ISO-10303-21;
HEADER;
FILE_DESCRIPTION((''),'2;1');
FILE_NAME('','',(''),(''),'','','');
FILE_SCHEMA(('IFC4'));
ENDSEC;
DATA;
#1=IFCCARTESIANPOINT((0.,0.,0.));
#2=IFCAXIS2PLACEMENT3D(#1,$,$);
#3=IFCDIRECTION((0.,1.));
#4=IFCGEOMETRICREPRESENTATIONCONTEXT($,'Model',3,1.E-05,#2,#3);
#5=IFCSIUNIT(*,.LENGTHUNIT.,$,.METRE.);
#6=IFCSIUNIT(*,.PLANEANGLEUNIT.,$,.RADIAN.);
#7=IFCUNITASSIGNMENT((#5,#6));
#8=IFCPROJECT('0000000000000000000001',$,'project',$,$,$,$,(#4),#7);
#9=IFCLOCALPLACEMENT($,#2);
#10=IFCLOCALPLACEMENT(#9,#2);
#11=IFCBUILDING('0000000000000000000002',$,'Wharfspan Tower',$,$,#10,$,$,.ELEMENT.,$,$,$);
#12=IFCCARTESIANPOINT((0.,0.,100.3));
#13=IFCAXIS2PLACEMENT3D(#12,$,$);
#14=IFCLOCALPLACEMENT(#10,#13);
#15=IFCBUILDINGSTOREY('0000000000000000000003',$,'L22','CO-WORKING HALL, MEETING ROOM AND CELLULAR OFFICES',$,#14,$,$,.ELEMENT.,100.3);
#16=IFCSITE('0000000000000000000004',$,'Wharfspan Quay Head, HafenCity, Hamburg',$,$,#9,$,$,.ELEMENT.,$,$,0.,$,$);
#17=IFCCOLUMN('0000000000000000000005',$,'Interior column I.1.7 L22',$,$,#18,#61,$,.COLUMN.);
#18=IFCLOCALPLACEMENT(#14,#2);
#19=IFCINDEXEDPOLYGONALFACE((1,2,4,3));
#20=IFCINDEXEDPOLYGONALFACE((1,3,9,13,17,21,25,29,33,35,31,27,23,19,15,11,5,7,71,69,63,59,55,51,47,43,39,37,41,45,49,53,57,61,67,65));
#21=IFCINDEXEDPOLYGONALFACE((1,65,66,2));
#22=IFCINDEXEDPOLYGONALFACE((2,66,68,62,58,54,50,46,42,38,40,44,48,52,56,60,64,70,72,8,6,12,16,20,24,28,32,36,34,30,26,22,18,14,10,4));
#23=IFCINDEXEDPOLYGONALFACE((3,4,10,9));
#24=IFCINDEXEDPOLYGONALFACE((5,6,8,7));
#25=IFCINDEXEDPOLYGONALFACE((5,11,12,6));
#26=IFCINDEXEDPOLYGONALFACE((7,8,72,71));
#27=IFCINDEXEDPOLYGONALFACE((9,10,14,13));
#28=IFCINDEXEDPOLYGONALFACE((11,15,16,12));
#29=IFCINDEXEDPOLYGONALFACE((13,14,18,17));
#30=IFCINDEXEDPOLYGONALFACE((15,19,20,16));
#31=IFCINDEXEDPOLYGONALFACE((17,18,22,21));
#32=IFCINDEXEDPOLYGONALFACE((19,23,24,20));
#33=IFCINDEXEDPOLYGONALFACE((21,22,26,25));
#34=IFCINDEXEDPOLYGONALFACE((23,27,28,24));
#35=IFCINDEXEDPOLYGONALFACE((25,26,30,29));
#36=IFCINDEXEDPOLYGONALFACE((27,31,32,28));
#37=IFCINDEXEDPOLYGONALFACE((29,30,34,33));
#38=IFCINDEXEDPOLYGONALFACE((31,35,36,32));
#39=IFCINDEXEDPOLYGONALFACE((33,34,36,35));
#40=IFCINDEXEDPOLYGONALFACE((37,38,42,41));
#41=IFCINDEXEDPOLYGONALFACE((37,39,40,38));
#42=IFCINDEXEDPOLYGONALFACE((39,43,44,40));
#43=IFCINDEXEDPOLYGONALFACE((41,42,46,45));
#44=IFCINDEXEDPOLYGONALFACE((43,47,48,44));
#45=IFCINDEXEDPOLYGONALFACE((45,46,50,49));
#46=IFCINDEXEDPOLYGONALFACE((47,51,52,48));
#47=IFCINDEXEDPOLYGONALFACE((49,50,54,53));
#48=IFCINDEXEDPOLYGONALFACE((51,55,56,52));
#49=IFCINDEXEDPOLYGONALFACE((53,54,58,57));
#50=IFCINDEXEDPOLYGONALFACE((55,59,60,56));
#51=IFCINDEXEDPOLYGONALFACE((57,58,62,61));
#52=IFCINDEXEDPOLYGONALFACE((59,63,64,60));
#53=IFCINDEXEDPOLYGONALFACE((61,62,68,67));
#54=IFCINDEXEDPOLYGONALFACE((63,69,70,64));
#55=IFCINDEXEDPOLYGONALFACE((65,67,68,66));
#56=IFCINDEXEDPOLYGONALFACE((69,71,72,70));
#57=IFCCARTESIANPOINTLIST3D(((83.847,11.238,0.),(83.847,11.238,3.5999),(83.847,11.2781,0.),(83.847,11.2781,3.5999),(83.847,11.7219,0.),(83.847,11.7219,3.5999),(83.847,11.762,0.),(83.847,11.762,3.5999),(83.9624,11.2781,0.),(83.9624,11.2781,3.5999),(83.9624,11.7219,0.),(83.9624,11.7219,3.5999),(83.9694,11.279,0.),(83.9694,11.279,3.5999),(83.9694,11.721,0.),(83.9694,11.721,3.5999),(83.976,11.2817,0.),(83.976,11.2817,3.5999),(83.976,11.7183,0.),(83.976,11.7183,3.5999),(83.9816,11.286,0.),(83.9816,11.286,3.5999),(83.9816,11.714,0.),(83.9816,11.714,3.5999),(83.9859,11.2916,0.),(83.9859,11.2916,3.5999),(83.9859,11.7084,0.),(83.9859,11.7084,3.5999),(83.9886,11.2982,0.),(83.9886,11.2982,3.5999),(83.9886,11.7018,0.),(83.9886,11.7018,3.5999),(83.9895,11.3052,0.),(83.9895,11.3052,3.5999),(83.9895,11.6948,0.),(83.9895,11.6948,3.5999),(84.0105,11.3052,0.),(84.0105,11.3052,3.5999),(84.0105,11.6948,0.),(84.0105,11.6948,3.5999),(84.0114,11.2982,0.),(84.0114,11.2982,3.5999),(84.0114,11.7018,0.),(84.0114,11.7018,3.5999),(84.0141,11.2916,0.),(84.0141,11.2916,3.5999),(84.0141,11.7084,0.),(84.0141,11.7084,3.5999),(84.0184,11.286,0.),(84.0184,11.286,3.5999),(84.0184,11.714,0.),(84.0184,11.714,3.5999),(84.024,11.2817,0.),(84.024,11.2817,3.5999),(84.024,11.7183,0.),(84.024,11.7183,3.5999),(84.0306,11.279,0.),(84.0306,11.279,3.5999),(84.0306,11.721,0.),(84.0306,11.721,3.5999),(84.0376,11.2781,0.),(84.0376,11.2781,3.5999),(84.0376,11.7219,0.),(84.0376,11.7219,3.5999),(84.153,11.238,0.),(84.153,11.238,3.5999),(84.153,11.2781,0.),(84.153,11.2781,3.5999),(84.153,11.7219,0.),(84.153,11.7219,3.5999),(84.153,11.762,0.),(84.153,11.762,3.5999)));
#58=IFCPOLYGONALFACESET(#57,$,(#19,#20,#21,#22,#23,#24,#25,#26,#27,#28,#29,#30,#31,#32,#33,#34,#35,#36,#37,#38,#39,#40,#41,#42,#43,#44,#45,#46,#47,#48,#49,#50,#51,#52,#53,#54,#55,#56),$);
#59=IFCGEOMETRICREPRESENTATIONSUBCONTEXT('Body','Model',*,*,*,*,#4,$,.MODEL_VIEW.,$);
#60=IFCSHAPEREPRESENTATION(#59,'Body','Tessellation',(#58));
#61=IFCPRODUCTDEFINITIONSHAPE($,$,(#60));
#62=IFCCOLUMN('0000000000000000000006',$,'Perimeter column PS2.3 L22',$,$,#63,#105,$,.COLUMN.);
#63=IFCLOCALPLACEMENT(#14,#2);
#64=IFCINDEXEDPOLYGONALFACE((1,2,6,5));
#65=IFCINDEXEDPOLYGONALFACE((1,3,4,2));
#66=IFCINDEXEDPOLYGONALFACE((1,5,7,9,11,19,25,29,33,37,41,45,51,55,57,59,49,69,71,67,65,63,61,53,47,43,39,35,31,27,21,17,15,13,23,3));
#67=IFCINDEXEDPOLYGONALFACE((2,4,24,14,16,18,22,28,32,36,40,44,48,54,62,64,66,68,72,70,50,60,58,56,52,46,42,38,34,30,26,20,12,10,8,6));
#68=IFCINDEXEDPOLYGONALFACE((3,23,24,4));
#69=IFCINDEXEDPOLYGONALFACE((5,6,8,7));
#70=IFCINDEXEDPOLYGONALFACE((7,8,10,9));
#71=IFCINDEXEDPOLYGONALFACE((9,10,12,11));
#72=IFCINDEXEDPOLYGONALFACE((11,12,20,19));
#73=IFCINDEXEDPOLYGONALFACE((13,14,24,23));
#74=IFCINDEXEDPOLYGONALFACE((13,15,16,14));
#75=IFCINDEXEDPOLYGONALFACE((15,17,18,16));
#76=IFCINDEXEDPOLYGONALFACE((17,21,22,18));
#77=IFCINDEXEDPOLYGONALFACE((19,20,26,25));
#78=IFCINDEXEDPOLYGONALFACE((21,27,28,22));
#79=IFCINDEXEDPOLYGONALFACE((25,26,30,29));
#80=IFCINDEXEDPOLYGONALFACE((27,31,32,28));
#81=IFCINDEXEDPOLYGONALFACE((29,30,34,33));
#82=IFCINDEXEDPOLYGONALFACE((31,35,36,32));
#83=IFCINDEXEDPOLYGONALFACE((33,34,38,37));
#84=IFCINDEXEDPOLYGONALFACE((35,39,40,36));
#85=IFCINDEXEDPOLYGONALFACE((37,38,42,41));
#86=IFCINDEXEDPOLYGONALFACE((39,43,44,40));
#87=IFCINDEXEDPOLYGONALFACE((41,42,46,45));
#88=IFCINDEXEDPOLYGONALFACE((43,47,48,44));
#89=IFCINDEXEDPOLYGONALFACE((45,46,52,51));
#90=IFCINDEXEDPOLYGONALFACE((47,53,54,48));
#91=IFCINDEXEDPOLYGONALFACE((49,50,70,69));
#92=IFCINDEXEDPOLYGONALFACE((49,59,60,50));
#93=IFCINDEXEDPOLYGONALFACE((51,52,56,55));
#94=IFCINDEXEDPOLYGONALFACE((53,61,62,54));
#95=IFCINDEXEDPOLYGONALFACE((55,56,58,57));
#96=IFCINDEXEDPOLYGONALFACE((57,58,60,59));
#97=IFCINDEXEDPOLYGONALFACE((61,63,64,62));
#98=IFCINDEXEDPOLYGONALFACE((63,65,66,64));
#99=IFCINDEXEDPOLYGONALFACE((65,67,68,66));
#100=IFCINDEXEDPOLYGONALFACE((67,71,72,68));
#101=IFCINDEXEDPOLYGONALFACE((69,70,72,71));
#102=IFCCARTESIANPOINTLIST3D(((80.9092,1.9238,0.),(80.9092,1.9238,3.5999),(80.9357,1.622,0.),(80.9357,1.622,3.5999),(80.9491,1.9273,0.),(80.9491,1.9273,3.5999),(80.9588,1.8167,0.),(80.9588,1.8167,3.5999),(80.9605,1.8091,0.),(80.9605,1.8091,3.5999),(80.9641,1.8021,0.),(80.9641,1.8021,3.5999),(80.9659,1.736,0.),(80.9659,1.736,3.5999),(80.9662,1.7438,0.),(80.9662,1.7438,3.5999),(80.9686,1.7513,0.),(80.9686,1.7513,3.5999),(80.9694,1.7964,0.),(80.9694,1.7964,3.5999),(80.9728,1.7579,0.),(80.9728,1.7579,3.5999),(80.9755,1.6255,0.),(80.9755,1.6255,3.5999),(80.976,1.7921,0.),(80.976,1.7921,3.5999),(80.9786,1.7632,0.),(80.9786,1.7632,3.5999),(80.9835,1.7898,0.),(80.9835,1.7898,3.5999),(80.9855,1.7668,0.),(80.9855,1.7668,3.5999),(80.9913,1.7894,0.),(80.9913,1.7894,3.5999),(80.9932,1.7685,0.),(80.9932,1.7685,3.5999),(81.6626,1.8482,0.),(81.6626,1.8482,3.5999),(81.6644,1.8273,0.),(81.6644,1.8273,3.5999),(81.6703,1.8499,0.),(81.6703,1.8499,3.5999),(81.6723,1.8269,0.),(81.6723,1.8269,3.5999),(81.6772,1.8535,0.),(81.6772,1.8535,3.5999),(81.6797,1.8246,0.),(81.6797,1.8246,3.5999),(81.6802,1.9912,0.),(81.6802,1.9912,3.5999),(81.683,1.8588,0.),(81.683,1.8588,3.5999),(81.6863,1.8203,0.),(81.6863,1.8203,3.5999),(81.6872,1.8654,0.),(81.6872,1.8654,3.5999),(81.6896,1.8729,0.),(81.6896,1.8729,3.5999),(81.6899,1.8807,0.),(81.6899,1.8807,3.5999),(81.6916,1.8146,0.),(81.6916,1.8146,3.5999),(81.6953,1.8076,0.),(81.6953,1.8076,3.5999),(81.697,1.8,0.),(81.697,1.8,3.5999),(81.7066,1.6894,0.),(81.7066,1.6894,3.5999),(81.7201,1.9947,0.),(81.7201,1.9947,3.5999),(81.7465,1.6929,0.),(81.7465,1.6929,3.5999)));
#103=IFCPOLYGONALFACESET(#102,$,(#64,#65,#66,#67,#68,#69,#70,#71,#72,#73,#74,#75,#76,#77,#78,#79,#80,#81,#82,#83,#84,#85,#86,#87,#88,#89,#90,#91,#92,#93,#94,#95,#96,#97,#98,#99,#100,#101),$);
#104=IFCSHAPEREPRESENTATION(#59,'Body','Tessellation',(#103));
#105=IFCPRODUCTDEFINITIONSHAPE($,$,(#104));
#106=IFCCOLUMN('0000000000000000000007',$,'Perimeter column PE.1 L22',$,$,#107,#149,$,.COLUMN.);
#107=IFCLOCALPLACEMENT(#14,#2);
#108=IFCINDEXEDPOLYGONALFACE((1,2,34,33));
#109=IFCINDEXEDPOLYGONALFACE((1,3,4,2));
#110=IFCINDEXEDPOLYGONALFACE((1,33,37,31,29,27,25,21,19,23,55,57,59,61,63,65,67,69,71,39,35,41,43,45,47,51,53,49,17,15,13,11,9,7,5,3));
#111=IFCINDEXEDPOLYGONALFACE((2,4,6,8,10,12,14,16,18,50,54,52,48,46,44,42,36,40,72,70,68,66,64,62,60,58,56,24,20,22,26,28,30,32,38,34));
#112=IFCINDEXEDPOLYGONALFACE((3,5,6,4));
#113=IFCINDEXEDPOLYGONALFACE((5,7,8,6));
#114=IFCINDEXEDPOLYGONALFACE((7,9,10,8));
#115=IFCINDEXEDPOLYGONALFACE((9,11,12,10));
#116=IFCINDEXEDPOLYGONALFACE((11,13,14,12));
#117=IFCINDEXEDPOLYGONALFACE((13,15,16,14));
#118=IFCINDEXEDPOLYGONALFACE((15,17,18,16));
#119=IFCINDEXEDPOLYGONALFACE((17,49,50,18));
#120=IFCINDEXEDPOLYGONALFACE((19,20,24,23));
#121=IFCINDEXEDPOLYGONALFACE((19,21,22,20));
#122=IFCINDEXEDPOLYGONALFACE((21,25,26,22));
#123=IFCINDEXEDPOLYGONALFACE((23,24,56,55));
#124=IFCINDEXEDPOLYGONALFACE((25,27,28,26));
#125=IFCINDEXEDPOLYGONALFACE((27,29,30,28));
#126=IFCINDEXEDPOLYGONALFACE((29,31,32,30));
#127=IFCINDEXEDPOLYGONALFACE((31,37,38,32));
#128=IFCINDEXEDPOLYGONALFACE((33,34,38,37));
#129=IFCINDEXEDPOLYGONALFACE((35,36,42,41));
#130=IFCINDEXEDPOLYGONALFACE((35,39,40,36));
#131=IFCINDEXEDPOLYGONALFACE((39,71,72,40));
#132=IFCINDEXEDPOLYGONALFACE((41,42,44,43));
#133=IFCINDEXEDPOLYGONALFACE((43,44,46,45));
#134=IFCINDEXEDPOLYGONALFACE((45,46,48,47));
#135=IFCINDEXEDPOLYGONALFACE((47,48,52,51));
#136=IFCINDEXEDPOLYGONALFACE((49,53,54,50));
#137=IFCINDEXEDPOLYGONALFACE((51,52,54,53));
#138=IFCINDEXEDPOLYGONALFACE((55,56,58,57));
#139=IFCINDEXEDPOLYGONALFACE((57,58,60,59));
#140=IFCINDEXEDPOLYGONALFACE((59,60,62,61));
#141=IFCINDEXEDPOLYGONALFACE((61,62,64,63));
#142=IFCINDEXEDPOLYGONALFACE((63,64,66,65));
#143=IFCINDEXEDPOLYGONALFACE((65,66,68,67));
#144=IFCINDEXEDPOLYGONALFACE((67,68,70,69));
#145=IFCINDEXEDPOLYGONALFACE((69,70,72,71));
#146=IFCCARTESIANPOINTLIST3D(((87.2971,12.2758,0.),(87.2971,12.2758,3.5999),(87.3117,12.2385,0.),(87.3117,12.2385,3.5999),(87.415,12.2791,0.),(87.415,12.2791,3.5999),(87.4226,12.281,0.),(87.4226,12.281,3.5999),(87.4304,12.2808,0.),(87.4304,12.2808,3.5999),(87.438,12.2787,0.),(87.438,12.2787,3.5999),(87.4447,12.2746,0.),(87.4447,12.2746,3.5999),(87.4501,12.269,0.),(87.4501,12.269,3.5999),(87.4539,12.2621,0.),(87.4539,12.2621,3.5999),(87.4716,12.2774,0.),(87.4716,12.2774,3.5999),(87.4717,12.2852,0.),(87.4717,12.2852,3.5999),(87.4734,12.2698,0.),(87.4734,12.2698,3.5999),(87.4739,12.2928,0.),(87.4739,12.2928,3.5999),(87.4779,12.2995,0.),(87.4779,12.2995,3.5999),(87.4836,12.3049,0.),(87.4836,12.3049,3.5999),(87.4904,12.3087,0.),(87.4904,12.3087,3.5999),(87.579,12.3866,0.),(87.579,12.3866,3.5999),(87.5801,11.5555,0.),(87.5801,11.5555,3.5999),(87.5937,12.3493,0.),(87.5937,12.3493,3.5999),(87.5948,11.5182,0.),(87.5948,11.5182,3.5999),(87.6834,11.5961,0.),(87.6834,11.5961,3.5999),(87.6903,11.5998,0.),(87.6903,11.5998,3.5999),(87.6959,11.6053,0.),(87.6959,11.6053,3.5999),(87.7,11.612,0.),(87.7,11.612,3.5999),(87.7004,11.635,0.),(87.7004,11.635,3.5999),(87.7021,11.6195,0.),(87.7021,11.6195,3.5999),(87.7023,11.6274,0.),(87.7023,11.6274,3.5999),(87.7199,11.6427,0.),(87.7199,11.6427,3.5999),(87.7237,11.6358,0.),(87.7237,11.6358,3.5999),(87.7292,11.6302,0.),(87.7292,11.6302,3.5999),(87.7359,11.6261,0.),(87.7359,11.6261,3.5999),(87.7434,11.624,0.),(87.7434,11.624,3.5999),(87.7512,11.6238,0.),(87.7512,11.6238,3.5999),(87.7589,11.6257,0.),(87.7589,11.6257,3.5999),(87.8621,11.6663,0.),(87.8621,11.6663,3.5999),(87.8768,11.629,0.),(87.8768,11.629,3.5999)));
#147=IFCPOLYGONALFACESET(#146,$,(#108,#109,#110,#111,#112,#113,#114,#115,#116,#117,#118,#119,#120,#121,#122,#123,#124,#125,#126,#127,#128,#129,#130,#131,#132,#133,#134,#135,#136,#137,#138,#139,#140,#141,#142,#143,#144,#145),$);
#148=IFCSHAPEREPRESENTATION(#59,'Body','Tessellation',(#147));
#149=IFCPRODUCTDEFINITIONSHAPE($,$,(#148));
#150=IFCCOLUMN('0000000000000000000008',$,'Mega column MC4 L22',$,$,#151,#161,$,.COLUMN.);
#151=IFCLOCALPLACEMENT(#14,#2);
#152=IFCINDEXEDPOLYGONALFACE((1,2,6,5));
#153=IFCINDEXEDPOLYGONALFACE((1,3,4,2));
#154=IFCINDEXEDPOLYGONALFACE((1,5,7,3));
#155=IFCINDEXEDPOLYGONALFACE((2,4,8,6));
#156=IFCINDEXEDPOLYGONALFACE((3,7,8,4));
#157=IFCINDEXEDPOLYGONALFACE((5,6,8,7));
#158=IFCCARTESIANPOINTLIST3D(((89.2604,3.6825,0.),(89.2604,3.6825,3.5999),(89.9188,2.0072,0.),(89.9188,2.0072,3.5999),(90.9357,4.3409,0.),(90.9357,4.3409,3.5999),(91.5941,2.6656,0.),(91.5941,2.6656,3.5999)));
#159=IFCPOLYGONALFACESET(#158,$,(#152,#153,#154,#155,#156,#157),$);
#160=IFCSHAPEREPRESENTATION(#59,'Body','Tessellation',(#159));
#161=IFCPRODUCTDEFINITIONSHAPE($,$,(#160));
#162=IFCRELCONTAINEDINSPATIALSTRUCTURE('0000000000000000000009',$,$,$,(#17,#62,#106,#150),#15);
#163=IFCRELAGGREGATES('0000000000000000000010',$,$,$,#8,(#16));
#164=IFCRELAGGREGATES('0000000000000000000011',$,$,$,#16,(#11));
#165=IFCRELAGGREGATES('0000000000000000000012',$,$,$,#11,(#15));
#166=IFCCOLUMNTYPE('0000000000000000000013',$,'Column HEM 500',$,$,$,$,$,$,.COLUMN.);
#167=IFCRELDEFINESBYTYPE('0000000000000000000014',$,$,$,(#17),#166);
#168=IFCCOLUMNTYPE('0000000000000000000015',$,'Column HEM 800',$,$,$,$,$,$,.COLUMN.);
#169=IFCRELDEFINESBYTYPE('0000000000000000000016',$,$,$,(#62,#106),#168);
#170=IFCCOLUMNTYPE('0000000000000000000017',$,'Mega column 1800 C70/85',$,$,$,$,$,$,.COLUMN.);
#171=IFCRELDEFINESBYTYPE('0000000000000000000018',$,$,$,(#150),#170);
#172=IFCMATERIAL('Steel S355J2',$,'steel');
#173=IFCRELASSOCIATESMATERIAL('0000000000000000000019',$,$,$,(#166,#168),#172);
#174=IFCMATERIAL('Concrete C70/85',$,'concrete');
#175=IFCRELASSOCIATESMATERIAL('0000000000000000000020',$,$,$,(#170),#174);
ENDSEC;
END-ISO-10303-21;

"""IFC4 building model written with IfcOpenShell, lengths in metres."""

from ifc_helpers import new_model, si_unit, direction, frame, origin, origin_2d, place, context, subcontext, project, spatial, rectangle, i_section, extrude, material, material_profile, profile_set, type_object, element, save


model = new_model("IFC4")

# Units and contexts
model_context = context("Model", 3, precision=1e-05, world=origin(), true_north=direction((0.0, 1.0)))
body_context = subcontext(model_context, "Body", "Model", "MODEL_VIEW")
ifc_project = project(units=[si_unit("LENGTHUNIT", "METRE"), si_unit("PLANEANGLEUNIT", "RADIAN")], contexts=[model_context])

# Site, building, storey
site_placement = place(None, origin())
site = spatial("IfcSite", under=ifc_project, at=site_placement, Name="Wharfspan Quay Head, HafenCity, Hamburg", CompositionType="ELEMENT", RefElevation=0.0)
building_placement = place(site_placement, origin())
building = spatial("IfcBuilding", under=site, at=building_placement, Name="Wharfspan Tower", CompositionType="ELEMENT")
storey_placement = place(building_placement, frame((0.0, 0.0, 100.3)))
storey = spatial("IfcBuildingStorey", under=building, at=storey_placement, Name="L22", Description="CO-WORKING HALL, MEETING ROOM AND CELLULAR OFFICES", CompositionType="ELEMENT", Elevation=100.3)

# Columns
ifc_material_1 = material(Name="Steel S355J2", Category="steel")
ifc_material_profile_1 = material_profile(ifc_material_1, i_section(OverallWidth=0.3059, OverallDepth=0.5239, WebThickness=0.021, FlangeThickness=0.04, FilletRadius=0.0271, at=origin_2d()))
ifc_profile_set_1 = profile_set([ifc_material_profile_1], Name="Steel S355J2")
column_type_1 = type_object("IfcColumnType", Name="Column HEM 500", PredefinedType="COLUMN", material=ifc_profile_set_1)
column_1_placement = place(storey_placement, frame((84.0, 11.5, 0.0), z_axis=(0.0, 0.0, 1.0), x_axis=(1.0, 0.0, 0.0)))
element("IfcColumn", 1, at=column_1_placement, inside=storey, type_object=column_type_1, Name="Interior column I.1.7 L22", PredefinedType="COLUMN", context=body_context, shape_type="SweptSolid", body=[
    extrude(i_section(OverallWidth=0.3059, OverallDepth=0.5239, WebThickness=0.021, FlangeThickness=0.04, FilletRadius=0.0271, at=origin_2d()), origin(), (0.0, 0.0, 1.0), 3.5999),
])
ifc_material_profile_2 = material_profile(ifc_material_1, i_section(OverallWidth=0.303, OverallDepth=0.814, WebThickness=0.021, FlangeThickness=0.04, FilletRadius=0.03, at=origin_2d()))
ifc_profile_set_2 = profile_set([ifc_material_profile_2], Name="Steel S355J2")
column_type_2 = type_object("IfcColumnType", Name="Column HEM 800", PredefinedType="COLUMN", material=ifc_profile_set_2)
for number, where, z_axis, x_axis, name in (
    (2, (81.3279, 1.8083, 0.0), (0.0, 0.0, 1.0), (0.087156, -0.996198, 0.0), "Perimeter column PS2.3 L22"),
    (3, (87.5869, 11.9524, 0.0), (0.0, 0.0, 1.0), (0.930702, 0.365778, 0.0), "Perimeter column PE.1 L22"),
):
    element("IfcColumn", number, at=place(storey_placement, frame(where, z_axis=z_axis, x_axis=x_axis)), inside=storey, type_object=column_type_2, Name=name, PredefinedType="COLUMN", context=body_context, shape_type="SweptSolid", body=[
        extrude(i_section(OverallWidth=0.303, OverallDepth=0.814, WebThickness=0.021, FlangeThickness=0.04, FilletRadius=0.03, at=origin_2d()), origin(), (0.0, 0.0, 1.0), 3.5999),
    ])
ifc_material_2 = material(Name="Concrete C70/85", Category="concrete")
ifc_material_profile_3 = material_profile(ifc_material_2, rectangle(XDim=1.8, YDim=1.8, at=origin_2d()))
ifc_profile_set_3 = profile_set([ifc_material_profile_3], Name="Concrete C70/85")
column_type_3 = type_object("IfcColumnType", Name="Mega column 1800 C70/85", PredefinedType="COLUMN", material=ifc_profile_set_3)
column_2_placement = place(storey_placement, frame((90.4272, 3.1741, 0.0), z_axis=(0.0, 0.0, 1.0), x_axis=(-0.365778, 0.930702, 0.0)))
element("IfcColumn", 4, at=column_2_placement, inside=storey, type_object=column_type_3, Name="Mega column MC4 L22", PredefinedType="COLUMN", context=body_context, shape_type="SweptSolid", body=[
    extrude(rectangle(XDim=1.8, YDim=1.8, at=origin_2d()), origin(), (0.0, 0.0, 1.0), 3.5999),
])

save(model, "model.ifc")
